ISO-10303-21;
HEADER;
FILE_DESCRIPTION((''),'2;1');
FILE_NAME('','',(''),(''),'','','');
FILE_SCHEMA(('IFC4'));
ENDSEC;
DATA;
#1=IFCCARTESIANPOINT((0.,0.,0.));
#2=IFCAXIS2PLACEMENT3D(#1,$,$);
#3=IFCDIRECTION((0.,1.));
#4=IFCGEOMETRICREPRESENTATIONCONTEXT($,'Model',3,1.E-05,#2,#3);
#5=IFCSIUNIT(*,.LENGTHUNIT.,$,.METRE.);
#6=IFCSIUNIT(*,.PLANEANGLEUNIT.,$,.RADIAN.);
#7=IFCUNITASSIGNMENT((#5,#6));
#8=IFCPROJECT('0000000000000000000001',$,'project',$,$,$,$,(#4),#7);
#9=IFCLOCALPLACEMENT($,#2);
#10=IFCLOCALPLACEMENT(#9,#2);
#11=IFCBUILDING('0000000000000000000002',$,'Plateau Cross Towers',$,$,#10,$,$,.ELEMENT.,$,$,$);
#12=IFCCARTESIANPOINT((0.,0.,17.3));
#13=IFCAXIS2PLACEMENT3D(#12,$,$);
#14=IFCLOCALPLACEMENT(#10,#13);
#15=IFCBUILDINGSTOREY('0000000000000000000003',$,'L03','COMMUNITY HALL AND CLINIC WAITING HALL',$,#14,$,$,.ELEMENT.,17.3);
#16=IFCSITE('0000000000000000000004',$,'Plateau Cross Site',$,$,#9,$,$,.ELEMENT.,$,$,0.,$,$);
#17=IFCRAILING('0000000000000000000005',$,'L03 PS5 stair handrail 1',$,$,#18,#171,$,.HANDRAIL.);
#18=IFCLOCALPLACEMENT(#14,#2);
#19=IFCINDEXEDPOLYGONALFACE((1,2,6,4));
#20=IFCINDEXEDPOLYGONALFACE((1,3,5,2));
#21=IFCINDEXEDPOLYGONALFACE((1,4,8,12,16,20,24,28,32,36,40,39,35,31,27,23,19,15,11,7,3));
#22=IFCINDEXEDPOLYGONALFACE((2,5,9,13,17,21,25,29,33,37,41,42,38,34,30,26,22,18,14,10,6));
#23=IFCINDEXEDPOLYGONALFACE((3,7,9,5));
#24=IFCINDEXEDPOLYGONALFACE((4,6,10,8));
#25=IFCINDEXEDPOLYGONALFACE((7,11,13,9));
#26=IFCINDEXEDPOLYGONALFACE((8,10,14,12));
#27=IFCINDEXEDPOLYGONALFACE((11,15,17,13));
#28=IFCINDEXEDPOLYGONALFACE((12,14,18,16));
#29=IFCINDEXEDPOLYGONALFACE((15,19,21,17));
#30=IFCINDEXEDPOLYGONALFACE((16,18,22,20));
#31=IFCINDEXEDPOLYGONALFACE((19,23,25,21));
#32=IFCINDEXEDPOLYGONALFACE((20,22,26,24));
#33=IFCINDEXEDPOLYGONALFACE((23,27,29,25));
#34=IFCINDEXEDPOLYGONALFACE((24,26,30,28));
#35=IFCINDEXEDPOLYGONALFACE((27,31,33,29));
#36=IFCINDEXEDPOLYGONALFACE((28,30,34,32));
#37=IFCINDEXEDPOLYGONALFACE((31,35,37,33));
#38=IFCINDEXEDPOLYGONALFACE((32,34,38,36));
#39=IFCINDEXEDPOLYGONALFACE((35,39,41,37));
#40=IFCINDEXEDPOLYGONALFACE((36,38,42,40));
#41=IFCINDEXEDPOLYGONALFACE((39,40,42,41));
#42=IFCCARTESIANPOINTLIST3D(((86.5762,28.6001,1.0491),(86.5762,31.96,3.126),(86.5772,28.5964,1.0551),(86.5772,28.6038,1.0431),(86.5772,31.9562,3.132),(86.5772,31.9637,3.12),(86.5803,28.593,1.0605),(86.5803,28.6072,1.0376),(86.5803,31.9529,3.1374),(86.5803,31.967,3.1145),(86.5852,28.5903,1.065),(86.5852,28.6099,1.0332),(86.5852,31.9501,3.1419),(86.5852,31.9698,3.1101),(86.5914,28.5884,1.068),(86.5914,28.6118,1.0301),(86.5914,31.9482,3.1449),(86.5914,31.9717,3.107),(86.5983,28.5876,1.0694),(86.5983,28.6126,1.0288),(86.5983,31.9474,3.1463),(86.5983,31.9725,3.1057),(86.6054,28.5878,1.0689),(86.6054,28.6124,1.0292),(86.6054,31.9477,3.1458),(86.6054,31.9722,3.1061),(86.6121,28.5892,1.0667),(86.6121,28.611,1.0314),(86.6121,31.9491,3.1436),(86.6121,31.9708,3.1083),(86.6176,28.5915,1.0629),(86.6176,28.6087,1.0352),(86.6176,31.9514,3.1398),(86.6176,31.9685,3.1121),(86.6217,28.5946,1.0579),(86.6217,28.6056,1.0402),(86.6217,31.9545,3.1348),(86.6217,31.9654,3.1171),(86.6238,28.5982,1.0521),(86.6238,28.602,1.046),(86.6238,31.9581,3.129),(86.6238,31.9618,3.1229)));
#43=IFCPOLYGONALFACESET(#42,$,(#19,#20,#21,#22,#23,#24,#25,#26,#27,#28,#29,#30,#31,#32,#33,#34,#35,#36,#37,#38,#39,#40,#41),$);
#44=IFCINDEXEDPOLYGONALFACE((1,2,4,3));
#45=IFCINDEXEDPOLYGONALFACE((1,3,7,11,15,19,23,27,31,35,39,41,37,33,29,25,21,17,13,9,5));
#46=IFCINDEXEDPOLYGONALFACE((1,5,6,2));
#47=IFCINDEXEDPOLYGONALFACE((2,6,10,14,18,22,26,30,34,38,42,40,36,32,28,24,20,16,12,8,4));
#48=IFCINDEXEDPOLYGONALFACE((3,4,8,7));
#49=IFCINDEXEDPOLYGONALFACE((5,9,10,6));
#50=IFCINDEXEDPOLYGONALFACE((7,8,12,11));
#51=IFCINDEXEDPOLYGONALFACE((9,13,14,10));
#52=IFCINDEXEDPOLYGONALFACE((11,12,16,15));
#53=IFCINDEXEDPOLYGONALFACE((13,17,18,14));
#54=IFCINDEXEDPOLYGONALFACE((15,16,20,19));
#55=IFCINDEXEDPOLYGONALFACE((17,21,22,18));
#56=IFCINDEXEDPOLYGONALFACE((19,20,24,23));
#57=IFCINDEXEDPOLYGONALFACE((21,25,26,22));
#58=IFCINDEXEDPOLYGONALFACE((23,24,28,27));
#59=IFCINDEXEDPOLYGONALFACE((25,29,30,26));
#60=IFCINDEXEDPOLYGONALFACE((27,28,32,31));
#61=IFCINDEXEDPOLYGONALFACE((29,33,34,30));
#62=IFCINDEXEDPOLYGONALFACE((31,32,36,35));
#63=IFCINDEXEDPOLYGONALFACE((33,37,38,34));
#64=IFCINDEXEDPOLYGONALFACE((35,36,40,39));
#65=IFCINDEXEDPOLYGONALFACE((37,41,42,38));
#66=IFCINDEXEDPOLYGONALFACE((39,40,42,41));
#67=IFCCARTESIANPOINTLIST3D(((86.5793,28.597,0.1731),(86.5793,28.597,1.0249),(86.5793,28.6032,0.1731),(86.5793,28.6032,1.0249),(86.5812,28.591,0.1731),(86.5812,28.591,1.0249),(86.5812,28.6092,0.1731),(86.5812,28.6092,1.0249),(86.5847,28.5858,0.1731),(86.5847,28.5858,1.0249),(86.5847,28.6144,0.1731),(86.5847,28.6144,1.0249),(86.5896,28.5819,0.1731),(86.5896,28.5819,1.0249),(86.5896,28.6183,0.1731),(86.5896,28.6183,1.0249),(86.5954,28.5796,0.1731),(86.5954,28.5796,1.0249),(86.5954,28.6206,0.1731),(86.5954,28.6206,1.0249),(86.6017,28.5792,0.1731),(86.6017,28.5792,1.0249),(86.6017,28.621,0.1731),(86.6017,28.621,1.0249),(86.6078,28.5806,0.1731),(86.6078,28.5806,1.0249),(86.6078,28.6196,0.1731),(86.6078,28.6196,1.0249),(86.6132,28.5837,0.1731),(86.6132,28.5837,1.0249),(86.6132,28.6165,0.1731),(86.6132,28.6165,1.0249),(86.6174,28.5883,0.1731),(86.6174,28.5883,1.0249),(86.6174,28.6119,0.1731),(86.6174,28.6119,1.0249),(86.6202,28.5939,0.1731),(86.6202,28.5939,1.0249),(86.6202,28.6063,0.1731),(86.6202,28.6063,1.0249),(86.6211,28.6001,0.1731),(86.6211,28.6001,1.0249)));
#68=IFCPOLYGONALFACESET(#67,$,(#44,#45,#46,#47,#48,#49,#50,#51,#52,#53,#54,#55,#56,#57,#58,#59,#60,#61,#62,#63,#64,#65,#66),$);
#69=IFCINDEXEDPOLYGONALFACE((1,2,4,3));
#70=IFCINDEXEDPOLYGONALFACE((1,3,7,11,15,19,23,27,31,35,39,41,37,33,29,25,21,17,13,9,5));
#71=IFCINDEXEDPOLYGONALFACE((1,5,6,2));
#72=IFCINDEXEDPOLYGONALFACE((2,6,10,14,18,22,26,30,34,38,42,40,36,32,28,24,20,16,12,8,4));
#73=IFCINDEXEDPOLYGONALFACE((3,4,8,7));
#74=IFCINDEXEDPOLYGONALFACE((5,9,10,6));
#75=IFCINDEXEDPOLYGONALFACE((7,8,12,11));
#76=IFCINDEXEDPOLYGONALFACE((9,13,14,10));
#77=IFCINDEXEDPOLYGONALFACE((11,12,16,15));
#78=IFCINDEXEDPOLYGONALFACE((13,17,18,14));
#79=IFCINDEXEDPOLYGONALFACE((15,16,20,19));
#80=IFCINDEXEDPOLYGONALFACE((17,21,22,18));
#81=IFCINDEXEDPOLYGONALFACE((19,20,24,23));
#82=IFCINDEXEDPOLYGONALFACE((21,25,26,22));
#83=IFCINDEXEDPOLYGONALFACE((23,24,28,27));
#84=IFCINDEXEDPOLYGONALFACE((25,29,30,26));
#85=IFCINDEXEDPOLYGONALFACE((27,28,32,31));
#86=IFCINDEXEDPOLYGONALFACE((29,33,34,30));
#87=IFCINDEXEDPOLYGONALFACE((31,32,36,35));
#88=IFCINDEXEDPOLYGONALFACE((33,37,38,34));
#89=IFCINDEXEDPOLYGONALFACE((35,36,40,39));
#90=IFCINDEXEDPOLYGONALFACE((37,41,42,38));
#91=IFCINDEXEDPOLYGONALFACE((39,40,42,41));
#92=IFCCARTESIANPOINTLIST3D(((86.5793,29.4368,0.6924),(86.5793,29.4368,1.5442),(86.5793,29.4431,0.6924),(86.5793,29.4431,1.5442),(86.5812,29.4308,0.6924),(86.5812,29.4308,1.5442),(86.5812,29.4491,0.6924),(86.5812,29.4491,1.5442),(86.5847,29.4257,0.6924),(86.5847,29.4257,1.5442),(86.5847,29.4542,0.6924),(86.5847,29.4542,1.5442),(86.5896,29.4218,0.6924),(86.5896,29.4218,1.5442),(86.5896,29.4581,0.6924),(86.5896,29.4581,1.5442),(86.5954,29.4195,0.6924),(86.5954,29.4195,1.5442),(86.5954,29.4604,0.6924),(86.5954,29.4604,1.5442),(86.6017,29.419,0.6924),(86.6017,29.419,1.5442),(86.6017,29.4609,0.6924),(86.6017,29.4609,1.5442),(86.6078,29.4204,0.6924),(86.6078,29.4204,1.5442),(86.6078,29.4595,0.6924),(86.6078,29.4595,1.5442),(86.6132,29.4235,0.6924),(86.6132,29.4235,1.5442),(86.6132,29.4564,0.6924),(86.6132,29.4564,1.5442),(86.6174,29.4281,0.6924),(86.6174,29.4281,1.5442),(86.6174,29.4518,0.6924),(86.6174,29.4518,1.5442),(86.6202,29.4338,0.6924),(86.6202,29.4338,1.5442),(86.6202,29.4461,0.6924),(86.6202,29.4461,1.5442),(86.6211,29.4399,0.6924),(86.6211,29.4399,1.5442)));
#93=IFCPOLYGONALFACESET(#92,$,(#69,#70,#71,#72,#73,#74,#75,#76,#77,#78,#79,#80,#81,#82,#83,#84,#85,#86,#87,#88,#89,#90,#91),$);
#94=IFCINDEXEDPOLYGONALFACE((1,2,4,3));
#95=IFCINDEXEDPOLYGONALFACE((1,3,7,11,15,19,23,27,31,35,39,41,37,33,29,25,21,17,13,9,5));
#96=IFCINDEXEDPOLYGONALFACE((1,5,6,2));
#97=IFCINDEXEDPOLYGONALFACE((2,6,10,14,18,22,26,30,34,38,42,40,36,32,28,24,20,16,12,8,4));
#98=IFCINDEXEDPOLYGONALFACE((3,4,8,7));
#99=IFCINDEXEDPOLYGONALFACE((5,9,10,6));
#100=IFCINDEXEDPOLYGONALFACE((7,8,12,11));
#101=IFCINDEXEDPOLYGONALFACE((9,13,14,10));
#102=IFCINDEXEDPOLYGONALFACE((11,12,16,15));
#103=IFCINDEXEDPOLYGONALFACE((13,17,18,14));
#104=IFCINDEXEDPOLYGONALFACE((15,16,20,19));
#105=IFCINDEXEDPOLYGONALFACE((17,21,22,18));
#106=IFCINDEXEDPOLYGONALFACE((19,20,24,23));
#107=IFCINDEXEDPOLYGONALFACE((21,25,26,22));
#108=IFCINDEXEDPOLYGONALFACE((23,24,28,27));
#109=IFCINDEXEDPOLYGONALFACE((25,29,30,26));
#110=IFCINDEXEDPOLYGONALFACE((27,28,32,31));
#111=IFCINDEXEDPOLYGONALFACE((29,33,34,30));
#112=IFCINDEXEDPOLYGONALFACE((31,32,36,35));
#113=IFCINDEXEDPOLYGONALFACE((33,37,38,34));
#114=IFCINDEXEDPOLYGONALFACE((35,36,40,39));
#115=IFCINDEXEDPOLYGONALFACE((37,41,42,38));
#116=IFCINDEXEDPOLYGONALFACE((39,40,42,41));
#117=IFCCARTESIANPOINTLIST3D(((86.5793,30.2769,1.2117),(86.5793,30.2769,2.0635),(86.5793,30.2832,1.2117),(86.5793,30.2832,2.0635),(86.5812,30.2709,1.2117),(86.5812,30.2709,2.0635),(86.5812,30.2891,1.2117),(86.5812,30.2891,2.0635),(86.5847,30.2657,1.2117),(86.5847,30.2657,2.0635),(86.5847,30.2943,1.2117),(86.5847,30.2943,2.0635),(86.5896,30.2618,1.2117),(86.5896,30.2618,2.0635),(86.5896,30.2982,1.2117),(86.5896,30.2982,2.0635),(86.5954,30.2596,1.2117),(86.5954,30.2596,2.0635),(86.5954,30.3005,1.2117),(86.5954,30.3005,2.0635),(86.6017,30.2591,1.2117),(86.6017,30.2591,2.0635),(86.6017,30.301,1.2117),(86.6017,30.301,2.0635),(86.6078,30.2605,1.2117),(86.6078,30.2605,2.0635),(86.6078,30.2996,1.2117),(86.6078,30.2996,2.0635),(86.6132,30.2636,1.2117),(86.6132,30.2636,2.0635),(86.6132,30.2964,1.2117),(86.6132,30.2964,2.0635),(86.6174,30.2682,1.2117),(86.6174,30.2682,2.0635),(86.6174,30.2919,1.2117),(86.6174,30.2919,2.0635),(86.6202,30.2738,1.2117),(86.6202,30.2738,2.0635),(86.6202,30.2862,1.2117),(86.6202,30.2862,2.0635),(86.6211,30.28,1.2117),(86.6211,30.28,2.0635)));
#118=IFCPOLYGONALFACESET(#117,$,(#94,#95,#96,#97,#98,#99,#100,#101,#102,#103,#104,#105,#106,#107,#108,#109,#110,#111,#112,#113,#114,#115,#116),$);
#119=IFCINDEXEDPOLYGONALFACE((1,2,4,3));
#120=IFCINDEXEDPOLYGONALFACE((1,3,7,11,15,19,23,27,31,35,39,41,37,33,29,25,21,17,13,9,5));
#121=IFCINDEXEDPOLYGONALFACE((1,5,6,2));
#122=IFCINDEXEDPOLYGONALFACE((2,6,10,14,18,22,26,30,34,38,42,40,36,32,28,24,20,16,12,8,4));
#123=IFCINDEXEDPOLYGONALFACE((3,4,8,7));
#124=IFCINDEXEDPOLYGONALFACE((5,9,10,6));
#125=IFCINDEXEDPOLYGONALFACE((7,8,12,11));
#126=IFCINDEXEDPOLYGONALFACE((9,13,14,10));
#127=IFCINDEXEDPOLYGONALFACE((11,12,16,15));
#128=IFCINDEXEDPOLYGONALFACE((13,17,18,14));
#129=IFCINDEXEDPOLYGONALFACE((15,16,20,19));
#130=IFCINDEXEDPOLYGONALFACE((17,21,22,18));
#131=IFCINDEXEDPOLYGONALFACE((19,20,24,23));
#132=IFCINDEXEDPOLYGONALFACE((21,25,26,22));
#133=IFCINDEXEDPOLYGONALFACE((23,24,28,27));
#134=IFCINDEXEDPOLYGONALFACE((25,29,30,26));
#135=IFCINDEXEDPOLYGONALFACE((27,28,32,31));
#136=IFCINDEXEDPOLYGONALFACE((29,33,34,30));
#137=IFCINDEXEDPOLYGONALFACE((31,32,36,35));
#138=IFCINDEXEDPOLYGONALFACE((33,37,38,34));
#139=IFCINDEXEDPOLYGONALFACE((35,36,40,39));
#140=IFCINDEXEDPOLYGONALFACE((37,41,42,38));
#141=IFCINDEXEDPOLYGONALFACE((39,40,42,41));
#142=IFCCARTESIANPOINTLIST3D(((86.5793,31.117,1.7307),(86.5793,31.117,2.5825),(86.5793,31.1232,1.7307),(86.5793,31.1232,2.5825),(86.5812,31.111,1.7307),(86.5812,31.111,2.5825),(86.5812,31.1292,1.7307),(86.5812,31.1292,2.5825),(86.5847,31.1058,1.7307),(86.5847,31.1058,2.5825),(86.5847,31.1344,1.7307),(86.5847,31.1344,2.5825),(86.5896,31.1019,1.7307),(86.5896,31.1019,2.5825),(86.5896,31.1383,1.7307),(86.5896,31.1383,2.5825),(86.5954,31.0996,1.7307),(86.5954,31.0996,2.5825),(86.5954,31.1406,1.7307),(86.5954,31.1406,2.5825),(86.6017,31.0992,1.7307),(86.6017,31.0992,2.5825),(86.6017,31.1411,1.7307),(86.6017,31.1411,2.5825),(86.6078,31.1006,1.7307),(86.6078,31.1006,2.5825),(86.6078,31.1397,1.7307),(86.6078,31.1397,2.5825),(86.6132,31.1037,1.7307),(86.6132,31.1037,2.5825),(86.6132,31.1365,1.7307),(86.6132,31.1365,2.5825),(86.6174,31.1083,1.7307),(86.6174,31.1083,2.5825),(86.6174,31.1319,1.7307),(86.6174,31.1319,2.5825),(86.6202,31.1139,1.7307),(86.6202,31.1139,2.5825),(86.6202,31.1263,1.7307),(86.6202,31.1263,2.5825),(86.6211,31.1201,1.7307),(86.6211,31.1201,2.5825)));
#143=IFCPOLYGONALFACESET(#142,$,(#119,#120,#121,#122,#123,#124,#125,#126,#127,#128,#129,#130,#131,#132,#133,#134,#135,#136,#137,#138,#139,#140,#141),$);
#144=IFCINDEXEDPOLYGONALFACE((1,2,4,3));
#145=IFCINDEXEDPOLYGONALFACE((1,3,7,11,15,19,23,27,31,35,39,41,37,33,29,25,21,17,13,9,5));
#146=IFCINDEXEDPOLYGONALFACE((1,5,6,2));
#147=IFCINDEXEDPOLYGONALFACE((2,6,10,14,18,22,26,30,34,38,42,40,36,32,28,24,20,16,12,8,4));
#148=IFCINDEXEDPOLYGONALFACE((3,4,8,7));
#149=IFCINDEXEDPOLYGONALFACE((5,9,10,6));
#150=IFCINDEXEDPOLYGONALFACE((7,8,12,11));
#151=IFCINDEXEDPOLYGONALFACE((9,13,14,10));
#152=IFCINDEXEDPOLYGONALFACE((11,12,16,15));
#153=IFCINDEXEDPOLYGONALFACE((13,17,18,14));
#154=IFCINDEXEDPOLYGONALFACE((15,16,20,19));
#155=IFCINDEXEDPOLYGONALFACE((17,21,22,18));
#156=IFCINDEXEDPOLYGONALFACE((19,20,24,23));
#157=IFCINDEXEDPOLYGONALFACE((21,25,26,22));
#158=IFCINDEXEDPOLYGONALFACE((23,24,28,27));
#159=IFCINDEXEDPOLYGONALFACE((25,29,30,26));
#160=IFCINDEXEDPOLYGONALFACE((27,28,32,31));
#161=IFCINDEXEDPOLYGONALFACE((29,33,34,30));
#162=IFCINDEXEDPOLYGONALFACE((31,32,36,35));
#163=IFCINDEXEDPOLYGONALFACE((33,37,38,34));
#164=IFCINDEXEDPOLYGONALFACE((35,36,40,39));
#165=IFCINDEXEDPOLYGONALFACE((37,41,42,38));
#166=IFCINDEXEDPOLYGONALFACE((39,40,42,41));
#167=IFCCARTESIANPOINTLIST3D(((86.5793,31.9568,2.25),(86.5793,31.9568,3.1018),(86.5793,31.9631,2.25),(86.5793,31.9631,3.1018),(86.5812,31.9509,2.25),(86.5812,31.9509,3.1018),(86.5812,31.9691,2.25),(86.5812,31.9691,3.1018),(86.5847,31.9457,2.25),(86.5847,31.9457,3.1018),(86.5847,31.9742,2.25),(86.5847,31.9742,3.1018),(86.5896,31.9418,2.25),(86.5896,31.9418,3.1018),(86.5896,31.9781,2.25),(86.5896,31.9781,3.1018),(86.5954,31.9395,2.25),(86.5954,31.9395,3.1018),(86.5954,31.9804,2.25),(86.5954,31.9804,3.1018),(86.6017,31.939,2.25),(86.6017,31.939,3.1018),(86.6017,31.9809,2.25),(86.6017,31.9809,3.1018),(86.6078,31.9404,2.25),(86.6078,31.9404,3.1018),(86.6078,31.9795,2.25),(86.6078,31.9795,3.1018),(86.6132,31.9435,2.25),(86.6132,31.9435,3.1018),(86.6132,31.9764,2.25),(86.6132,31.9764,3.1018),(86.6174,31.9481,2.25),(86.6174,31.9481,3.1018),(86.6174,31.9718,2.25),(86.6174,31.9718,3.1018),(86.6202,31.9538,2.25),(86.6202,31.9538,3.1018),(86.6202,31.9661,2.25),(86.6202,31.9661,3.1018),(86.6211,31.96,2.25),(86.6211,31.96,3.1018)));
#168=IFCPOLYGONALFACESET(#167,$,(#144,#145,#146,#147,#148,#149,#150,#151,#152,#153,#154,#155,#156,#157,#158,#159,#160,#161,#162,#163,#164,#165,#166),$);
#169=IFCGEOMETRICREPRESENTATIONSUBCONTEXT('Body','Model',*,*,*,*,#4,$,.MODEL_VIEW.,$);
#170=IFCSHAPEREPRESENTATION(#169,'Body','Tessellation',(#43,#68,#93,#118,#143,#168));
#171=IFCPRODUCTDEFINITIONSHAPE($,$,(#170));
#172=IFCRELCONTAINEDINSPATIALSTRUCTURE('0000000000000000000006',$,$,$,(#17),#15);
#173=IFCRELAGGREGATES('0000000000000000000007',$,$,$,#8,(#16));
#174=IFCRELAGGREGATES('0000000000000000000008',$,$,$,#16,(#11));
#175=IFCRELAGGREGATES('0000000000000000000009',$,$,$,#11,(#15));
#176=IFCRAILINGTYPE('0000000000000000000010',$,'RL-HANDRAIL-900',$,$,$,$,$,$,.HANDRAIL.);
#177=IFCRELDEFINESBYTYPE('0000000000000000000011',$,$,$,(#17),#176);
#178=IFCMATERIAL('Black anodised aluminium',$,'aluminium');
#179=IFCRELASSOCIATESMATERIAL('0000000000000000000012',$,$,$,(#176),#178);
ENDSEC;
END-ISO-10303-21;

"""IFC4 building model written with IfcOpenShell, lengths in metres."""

from ifc_helpers import new_model, si_unit, direction, frame, origin, origin_2d, place, context, subcontext, project, spatial, circle, extrude, material, type_object, element, save


model = new_model("IFC4")

# Units and contexts
model_context = context("Model", 3, precision=1e-05, world=origin(), true_north=direction((0.0, 1.0)))
body_context = subcontext(model_context, "Body", "Model", "MODEL_VIEW")
ifc_project = project(units=[si_unit("LENGTHUNIT", "METRE"), si_unit("PLANEANGLEUNIT", "RADIAN")], contexts=[model_context])

# Site, building, storey
site_placement = place(None, origin())
site = spatial("IfcSite", under=ifc_project, at=site_placement, Name="Plateau Cross Site", CompositionType="ELEMENT", RefElevation=0.0)
building_placement = place(site_placement, origin())
building = spatial("IfcBuilding", under=site, at=building_placement, Name="Plateau Cross Towers", CompositionType="ELEMENT")
storey_placement = place(building_placement, frame((0.0, 0.0, 17.3)))
storey = spatial("IfcBuildingStorey", under=building, at=storey_placement, Name="L03", Description="COMMUNITY HALL AND CLINIC WAITING HALL", CompositionType="ELEMENT", Elevation=17.3)

# Railing
ifc_material_1 = material(Name="Black anodised aluminium", Category="aluminium")
railing_type_1 = type_object("IfcRailingType", Name="RL-HANDRAIL-900", PredefinedType="HANDRAIL", material=ifc_material_1)
railing_1_placement = place(storey_placement, frame((86.6001, 28.6001, 0.1731)))
element("IfcRailing", 1, at=railing_1_placement, inside=storey, type_object=railing_type_1, Name="L03 PS5 stair handrail 1", PredefinedType="HANDRAIL", context=body_context, shape_type="SweptSolid", body=[
    extrude(circle(Radius=0.0239, at=origin_2d()), frame((0.0, 0.0, 0.876), z_axis=(0.0, 0.850606, 0.525803), x_axis=(-1.0, 0.0, 0.0)), (0.0, 0.0, 1.0), 3.95),
    extrude(circle(Radius=0.021, at=origin_2d()), origin(), (0.0, 0.0, 1.0), 0.8518),
    extrude(circle(Radius=0.021, at=origin_2d()), frame((0.0, 0.8398, 0.5193)), (0.0, 0.0, 1.0), 0.8518),
    extrude(circle(Radius=0.021, at=origin_2d()), frame((0.0, 1.6799, 1.0386)), (0.0, 0.0, 1.0), 0.8518),
    extrude(circle(Radius=0.021, at=origin_2d()), frame((0.0, 2.52, 1.5576)), (0.0, 0.0, 1.0), 0.8518),
    extrude(circle(Radius=0.021, at=origin_2d()), frame((0.0, 3.3599, 2.0769)), (0.0, 0.0, 1.0), 0.8518),
])

save(model, "model.ifc")
